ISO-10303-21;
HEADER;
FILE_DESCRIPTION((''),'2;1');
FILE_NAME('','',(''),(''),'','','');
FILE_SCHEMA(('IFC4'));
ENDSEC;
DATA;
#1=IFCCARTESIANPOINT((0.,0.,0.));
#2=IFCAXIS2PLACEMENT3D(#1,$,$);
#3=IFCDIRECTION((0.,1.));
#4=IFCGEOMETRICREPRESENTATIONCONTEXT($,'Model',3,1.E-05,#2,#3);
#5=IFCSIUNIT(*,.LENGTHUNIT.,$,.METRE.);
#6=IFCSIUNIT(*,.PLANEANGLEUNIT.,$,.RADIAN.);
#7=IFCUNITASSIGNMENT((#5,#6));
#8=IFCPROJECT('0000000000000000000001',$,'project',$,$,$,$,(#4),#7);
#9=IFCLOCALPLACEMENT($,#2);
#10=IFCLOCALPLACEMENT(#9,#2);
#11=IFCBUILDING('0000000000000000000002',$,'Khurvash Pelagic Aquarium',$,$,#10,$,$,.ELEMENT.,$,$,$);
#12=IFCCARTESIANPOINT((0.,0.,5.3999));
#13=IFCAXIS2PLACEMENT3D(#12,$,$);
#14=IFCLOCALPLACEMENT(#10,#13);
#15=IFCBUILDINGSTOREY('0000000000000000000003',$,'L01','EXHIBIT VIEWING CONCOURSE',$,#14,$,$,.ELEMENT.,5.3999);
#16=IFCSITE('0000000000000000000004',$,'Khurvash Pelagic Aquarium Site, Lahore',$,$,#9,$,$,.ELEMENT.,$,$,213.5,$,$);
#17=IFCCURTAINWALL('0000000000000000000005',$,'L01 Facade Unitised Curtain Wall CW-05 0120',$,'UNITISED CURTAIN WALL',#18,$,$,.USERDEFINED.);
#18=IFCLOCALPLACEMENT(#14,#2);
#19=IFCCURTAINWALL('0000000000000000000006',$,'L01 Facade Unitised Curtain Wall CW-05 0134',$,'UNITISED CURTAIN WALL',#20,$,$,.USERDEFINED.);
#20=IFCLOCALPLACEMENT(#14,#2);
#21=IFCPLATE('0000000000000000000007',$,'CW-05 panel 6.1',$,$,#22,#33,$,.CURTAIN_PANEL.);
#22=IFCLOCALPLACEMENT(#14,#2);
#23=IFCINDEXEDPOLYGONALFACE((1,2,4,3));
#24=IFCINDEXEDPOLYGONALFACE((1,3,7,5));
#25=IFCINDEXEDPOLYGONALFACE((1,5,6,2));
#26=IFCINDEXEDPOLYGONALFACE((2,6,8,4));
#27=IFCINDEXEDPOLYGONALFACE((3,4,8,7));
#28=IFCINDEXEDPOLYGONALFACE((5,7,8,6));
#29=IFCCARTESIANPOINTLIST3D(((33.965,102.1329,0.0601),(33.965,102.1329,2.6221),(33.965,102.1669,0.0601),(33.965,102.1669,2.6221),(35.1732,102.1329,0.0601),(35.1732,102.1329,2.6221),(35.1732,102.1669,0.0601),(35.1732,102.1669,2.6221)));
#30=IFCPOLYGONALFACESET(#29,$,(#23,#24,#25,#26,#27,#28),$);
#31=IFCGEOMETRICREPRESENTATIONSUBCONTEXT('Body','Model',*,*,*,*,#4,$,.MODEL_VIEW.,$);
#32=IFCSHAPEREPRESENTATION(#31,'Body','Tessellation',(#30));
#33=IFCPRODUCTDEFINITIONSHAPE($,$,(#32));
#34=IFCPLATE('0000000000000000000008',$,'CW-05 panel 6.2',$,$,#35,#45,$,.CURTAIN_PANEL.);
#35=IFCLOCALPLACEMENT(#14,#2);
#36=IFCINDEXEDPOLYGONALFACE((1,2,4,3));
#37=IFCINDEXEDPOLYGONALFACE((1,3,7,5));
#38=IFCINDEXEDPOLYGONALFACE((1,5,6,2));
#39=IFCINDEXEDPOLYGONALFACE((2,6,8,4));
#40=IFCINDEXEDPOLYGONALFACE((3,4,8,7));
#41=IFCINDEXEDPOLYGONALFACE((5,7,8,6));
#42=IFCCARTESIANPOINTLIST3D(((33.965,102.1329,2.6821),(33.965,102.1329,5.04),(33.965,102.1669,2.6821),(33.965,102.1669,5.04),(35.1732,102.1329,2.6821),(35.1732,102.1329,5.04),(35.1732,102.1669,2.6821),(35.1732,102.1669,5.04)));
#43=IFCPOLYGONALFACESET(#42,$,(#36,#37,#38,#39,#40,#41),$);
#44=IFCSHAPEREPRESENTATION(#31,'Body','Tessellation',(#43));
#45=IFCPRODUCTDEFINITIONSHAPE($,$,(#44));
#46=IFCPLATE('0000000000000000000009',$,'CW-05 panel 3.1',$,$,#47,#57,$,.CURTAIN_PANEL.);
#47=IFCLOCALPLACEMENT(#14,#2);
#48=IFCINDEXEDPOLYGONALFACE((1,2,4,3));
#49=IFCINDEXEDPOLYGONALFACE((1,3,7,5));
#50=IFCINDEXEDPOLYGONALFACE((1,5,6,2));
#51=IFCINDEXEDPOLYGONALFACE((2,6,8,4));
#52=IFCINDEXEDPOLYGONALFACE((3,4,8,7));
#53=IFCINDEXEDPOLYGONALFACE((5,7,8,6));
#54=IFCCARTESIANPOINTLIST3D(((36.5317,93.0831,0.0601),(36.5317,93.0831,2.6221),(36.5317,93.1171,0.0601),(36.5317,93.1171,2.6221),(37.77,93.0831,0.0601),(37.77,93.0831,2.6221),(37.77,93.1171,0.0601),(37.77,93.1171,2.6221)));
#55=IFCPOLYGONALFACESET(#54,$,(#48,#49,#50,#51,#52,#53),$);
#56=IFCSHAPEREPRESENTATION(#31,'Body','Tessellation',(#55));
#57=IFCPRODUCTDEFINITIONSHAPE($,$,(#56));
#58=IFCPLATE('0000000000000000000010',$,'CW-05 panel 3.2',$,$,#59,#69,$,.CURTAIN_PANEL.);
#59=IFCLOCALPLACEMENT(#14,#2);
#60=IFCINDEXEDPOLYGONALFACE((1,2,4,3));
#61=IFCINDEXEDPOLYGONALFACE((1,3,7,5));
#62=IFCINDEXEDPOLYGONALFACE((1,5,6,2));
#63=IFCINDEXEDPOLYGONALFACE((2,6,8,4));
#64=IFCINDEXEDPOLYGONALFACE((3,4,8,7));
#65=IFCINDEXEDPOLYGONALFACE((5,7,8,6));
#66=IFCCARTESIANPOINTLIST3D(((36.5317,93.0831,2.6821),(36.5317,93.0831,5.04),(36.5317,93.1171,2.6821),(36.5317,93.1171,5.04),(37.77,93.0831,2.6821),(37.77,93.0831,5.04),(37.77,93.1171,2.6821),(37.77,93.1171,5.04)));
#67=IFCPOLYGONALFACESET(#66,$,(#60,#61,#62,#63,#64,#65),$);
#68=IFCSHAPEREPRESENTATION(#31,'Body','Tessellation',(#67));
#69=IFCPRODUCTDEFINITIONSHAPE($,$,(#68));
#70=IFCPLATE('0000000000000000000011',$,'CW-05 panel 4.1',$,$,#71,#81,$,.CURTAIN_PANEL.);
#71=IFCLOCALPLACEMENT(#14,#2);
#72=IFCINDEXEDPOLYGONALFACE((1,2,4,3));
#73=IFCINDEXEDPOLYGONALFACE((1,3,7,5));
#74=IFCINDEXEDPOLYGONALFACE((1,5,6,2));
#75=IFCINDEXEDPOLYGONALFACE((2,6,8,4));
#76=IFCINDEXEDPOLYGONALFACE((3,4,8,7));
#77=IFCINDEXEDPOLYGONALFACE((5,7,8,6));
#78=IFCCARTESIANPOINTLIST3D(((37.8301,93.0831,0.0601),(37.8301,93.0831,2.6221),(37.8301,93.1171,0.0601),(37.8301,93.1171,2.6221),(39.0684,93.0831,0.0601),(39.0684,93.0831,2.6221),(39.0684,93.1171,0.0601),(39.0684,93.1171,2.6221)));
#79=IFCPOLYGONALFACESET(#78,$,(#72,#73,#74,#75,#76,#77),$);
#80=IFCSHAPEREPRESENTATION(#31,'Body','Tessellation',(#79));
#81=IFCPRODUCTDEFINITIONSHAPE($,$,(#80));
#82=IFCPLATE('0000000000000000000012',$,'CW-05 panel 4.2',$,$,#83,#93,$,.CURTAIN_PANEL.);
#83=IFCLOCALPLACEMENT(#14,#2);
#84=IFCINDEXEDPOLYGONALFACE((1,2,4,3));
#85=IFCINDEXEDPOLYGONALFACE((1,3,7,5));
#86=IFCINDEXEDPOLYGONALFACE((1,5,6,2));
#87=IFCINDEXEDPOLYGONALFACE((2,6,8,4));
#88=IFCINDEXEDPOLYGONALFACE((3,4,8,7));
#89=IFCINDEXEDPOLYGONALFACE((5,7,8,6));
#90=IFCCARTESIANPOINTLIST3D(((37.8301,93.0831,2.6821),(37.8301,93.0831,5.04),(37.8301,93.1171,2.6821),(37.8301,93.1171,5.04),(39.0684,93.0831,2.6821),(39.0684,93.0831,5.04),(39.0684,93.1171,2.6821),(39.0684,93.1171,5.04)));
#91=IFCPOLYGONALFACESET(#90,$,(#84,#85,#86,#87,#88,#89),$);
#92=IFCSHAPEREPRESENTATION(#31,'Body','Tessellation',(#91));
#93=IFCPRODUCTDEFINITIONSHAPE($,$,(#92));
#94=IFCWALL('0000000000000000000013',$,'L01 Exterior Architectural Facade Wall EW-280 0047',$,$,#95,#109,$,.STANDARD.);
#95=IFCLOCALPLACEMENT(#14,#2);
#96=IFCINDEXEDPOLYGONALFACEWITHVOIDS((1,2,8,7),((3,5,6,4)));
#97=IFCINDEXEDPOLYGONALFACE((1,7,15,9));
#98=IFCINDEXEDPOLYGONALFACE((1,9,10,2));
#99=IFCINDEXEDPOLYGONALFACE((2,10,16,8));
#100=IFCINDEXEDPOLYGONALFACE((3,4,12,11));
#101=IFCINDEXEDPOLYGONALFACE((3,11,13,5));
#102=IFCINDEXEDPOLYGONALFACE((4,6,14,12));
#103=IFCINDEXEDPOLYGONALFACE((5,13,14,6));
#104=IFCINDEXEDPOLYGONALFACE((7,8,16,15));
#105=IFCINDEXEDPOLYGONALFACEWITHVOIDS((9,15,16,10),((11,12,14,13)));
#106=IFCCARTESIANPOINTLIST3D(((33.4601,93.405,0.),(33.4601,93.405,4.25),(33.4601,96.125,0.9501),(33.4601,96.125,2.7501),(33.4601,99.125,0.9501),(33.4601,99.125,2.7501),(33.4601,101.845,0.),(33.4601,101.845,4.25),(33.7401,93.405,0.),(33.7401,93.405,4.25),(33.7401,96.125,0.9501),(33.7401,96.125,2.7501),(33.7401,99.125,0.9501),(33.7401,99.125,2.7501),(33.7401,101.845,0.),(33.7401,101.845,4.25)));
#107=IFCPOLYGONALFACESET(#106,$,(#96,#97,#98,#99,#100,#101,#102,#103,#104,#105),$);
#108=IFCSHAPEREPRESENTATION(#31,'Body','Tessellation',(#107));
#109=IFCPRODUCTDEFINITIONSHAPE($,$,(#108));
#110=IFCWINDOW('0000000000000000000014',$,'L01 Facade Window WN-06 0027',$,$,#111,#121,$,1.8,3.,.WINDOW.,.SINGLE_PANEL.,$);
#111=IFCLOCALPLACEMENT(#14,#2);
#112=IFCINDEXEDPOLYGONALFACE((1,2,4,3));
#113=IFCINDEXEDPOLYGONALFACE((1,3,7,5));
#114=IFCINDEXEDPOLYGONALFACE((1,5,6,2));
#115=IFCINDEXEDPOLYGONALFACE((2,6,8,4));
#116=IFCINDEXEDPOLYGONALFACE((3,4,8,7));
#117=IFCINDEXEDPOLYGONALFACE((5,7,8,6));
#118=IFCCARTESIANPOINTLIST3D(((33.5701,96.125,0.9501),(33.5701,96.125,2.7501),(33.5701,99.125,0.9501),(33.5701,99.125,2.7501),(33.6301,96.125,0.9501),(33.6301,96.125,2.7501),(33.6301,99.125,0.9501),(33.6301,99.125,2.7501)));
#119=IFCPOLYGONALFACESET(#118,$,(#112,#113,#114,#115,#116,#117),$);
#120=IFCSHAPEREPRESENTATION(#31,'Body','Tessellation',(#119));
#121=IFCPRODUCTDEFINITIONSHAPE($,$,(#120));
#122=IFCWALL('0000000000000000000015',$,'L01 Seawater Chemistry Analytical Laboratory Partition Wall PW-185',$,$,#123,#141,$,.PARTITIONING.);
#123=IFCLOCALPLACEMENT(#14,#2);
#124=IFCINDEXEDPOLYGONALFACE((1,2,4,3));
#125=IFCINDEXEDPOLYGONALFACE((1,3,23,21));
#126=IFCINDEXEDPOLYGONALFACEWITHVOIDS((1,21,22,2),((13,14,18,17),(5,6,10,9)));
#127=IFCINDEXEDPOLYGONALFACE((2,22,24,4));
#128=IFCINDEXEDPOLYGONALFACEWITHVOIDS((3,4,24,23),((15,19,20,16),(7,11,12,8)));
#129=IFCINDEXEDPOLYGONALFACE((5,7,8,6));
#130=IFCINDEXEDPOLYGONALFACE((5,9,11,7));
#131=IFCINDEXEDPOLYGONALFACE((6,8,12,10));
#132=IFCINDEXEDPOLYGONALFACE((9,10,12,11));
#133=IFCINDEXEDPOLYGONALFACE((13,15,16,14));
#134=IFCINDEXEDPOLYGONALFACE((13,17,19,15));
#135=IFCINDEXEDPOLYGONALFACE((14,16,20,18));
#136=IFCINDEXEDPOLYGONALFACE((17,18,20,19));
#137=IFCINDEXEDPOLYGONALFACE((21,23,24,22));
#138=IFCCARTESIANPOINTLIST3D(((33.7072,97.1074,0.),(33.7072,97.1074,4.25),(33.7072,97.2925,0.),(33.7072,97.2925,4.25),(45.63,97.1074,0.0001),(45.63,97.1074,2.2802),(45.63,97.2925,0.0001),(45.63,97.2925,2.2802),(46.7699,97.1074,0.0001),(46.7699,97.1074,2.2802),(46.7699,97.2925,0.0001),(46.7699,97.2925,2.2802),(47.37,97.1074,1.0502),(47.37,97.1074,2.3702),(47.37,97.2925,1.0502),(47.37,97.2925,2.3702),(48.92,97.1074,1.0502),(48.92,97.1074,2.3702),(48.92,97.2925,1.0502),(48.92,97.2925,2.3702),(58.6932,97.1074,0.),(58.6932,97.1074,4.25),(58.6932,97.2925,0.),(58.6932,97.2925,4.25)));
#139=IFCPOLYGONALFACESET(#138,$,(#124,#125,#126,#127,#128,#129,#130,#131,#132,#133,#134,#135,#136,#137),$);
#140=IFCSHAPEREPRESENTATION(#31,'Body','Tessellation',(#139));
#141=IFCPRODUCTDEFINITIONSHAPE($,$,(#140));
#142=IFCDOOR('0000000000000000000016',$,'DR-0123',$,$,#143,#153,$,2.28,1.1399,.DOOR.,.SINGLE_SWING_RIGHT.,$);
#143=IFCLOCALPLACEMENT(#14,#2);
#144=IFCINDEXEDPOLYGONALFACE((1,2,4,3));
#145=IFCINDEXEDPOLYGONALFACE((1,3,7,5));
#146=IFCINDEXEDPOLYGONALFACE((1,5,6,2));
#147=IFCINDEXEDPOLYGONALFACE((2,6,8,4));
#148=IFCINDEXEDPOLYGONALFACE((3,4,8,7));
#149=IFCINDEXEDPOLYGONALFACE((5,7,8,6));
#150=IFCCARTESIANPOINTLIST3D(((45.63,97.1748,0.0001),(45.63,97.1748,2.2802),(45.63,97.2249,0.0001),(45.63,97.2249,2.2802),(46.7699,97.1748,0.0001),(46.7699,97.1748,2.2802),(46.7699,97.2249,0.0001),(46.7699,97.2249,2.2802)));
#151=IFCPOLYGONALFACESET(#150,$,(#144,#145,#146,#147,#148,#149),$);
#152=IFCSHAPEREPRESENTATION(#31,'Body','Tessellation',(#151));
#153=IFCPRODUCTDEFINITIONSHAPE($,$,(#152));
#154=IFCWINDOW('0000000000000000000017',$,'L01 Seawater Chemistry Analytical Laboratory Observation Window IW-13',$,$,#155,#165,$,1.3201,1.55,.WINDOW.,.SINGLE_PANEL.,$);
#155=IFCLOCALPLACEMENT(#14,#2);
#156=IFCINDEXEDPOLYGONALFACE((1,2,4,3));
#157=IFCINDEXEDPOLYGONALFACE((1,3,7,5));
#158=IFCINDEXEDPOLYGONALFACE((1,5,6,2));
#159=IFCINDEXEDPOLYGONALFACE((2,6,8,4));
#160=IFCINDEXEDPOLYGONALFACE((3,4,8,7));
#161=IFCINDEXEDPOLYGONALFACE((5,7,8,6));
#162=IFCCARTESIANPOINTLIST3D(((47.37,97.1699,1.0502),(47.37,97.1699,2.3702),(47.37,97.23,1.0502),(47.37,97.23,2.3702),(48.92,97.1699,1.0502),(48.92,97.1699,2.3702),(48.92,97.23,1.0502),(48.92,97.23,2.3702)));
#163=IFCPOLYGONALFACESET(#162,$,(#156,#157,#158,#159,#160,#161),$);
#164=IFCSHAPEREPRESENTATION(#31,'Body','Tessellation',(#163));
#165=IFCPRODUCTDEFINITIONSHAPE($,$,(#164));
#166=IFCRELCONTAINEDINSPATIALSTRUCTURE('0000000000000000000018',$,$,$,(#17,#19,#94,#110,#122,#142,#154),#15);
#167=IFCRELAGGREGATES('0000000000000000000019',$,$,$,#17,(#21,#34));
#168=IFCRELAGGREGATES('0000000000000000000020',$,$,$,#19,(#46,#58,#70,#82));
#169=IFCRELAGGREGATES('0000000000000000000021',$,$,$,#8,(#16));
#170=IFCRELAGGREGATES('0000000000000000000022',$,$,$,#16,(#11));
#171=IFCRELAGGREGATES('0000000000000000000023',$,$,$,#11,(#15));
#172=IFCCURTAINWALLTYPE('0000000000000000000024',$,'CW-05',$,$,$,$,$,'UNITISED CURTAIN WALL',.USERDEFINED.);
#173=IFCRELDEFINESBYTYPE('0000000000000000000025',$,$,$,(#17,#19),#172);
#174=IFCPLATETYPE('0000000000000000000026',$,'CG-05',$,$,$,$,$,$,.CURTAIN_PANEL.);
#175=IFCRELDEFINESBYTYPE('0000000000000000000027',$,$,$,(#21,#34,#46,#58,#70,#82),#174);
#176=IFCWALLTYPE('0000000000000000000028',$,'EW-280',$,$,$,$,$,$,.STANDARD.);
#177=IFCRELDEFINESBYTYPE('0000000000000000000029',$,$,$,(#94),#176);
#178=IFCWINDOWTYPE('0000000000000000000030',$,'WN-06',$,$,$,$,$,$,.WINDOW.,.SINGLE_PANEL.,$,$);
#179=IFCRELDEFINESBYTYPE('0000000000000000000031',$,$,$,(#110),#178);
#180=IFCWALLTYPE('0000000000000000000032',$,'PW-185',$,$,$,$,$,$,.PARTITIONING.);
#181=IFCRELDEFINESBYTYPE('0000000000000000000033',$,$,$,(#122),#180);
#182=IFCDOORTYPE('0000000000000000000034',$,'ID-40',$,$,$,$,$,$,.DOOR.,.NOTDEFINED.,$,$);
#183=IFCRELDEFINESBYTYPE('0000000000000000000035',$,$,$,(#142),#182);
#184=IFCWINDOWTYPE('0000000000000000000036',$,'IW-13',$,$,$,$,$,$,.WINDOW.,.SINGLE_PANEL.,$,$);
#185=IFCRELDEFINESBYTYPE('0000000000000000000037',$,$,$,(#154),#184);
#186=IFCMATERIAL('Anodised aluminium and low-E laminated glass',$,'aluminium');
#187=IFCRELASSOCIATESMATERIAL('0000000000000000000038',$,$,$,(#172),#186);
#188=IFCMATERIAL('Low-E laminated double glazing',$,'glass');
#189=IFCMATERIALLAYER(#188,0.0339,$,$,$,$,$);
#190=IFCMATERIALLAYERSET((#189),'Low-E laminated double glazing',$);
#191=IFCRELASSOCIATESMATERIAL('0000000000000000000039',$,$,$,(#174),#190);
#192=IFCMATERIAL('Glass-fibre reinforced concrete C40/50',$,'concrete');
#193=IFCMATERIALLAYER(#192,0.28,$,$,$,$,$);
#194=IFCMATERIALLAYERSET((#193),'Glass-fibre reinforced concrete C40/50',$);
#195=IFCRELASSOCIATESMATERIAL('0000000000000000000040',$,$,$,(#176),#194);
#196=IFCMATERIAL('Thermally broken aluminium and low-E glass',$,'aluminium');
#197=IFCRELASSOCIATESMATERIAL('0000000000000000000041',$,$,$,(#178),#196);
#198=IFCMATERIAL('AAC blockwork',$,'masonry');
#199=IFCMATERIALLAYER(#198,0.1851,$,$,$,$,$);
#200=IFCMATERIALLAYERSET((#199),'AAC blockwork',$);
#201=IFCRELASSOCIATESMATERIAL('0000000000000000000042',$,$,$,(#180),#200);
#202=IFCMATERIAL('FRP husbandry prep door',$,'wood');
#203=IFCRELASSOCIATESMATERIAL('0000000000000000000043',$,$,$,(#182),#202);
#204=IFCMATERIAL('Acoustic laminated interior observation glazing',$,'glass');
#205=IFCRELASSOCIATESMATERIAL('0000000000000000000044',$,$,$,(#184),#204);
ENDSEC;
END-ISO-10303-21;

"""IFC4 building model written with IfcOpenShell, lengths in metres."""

from ifc_helpers import new_model, si_unit, direction, frame, frame_2d, origin, origin_2d, place, context, subcontext, project, spatial, rectangle, extrude, material, layer, layer_set, type_object, element, fill, aggregate, save


model = new_model("IFC4")

# Units and contexts
model_context = context("Model", 3, precision=1e-05, world=origin(), true_north=direction((0.0, 1.0)))
body_context = subcontext(model_context, "Body", "Model", "MODEL_VIEW")
ifc_project = project(units=[si_unit("LENGTHUNIT", "METRE"), si_unit("PLANEANGLEUNIT", "RADIAN")], contexts=[model_context])

# Site, building, storey
site_placement = place(None, origin())
site = spatial("IfcSite", under=ifc_project, at=site_placement, Name="Khurvash Pelagic Aquarium Site, Lahore", CompositionType="ELEMENT", RefElevation=213.5)
building_placement = place(site_placement, origin())
building = spatial("IfcBuilding", under=site, at=building_placement, Name="Khurvash Pelagic Aquarium", CompositionType="ELEMENT")
storey_placement = place(building_placement, frame((0.0, 0.0, 5.3999)))
storey = spatial("IfcBuildingStorey", under=building, at=storey_placement, Name="L01", Description="EXHIBIT VIEWING CONCOURSE", CompositionType="ELEMENT", Elevation=5.3999)

# Curtain wall
ifc_material_1 = material(Name="Anodised aluminium and low-E laminated glass", Category="aluminium")
curtain_wall_type = type_object("IfcCurtainWallType", Name="CW-05", ElementType="UNITISED CURTAIN WALL", PredefinedType="USERDEFINED", material=ifc_material_1)
curtain_wall_1_placement = place(storey_placement, origin())
curtain_wall_1 = element("IfcCurtainWall", 1, at=curtain_wall_1_placement, inside=storey, type_object=curtain_wall_type, Name="L01 Facade Unitised Curtain Wall CW-05 0120", ObjectType="UNITISED CURTAIN WALL", PredefinedType="USERDEFINED")

# Curtain wall
curtain_wall_2_placement = place(storey_placement, origin())
curtain_wall_2 = element("IfcCurtainWall", 2, at=curtain_wall_2_placement, inside=storey, type_object=curtain_wall_type, Name="L01 Facade Unitised Curtain Wall CW-05 0134", ObjectType="UNITISED CURTAIN WALL", PredefinedType="USERDEFINED")

# Plates
ifc_material_2 = material(Name="Low-E laminated double glazing", Category="glass")
ifc_layer_1 = layer(ifc_material_2, 0.0339)
ifc_layer_set_1 = layer_set([ifc_layer_1], Name="Low-E laminated double glazing")
plate_type = type_object("IfcPlateType", Name="CG-05", PredefinedType="CURTAIN_PANEL", material=ifc_layer_set_1)
plate_1_placement = place(storey_placement, frame((34.5691, 102.1499, 0.0601), z_axis=(0.0, 0.0, 1.0), x_axis=(-1.0, 0.0, 0.0)))
plate_1 = element("IfcPlate", 3, at=plate_1_placement, type_object=plate_type, Name="CW-05 panel 6.1", PredefinedType="CURTAIN_PANEL", context=body_context, shape_type="SweptSolid", body=[
    extrude(rectangle(XDim=1.2083, YDim=0.0339, at=origin_2d()), origin(), (0.0, 0.0, 1.0), 2.562),
])
plate_2_placement = place(storey_placement, frame((34.5691, 102.1499, 2.6821), z_axis=(0.0, 0.0, 1.0), x_axis=(-1.0, 0.0, 0.0)))
plate_2 = element("IfcPlate", 4, at=plate_2_placement, type_object=plate_type, Name="CW-05 panel 6.2", PredefinedType="CURTAIN_PANEL", context=body_context, shape_type="SweptSolid", body=[
    extrude(rectangle(XDim=1.2083, YDim=0.0339, at=origin_2d()), origin(), (0.0, 0.0, 1.0), 2.3579),
])
aggregate(curtain_wall_1, [plate_1, plate_2])
plate_3_placement = place(storey_placement, frame((37.1509, 93.1001, 0.0601), z_axis=(0.0, 0.0, 1.0), x_axis=(1.0, 0.0, 0.0)))
plate_3 = element("IfcPlate", 5, at=plate_3_placement, type_object=plate_type, Name="CW-05 panel 3.1", PredefinedType="CURTAIN_PANEL", context=body_context, shape_type="SweptSolid", body=[
    extrude(rectangle(XDim=1.2383, YDim=0.0339, at=origin_2d()), origin(), (0.0, 0.0, 1.0), 2.562),
])
plate_4_placement = place(storey_placement, frame((37.1509, 93.1001, 2.6821), z_axis=(0.0, 0.0, 1.0), x_axis=(1.0, 0.0, 0.0)))
plate_4 = element("IfcPlate", 6, at=plate_4_placement, type_object=plate_type, Name="CW-05 panel 3.2", PredefinedType="CURTAIN_PANEL", context=body_context, shape_type="SweptSolid", body=[
    extrude(rectangle(XDim=1.2383, YDim=0.0339, at=origin_2d()), origin(), (0.0, 0.0, 1.0), 2.3579),
])
plate_5_placement = place(storey_placement, frame((38.4492, 93.1001, 0.0601), z_axis=(0.0, 0.0, 1.0), x_axis=(1.0, 0.0, 0.0)))
plate_5 = element("IfcPlate", 7, at=plate_5_placement, type_object=plate_type, Name="CW-05 panel 4.1", PredefinedType="CURTAIN_PANEL", context=body_context, shape_type="SweptSolid", body=[
    extrude(rectangle(XDim=1.2383, YDim=0.0339, at=origin_2d()), origin(), (0.0, 0.0, 1.0), 2.562),
])
plate_6_placement = place(storey_placement, frame((38.4492, 93.1001, 2.6821), z_axis=(0.0, 0.0, 1.0), x_axis=(1.0, 0.0, 0.0)))
plate_6 = element("IfcPlate", 8, at=plate_6_placement, type_object=plate_type, Name="CW-05 panel 4.2", PredefinedType="CURTAIN_PANEL", context=body_context, shape_type="SweptSolid", body=[
    extrude(rectangle(XDim=1.2383, YDim=0.0339, at=origin_2d()), origin(), (0.0, 0.0, 1.0), 2.3579),
])
aggregate(curtain_wall_2, [plate_3, plate_4, plate_5, plate_6])

# Wall, opening, window
ifc_material_3 = material(Name="Glass-fibre reinforced concrete C40/50", Category="concrete")
ifc_layer_2 = layer(ifc_material_3, 0.28)
ifc_layer_set_2 = layer_set([ifc_layer_2], Name="Glass-fibre reinforced concrete C40/50")
wall_type_1 = type_object("IfcWallType", Name="EW-280", PredefinedType="STANDARD", material=ifc_layer_set_2)
wall_1_placement = place(storey_placement, frame((33.6001, 101.845, 0.0), z_axis=(0.0, 0.0, 1.0), x_axis=(0.0, -1.0, 0.0)))
wall_1 = element("IfcWall", 9, at=wall_1_placement, inside=storey, type_object=wall_type_1, Name="L01 Exterior Architectural Facade Wall EW-280 0047", PredefinedType="STANDARD", context=body_context, shape_type="SweptSolid", body=[
    extrude(rectangle(XDim=8.4399, YDim=0.28, at=frame_2d((4.22, 0.0))), origin(), (0.0, 0.0, 1.0), 4.25),
])
opening_1_placement = place(wall_1_placement, frame((2.72, 0.0, 0.9502)))
opening_1 = element("IfcOpeningElement", 10, at=opening_1_placement, cuts=wall_1, PredefinedType="OPENING", context=body_context, shape_type="SweptSolid", body=[
    extrude(rectangle(XDim=3.0, YDim=1.8, at=frame_2d((1.5, 0.8999))), frame((0.0, 0.1499, 0.0), z_axis=(0.0, -1.0, 0.0), x_axis=(1.0, 0.0, 0.0)), (0.0, 0.0, 1.0), 0.3),
])
ifc_material_4 = material(Name="Thermally broken aluminium and low-E glass", Category="aluminium")
window_type_1 = type_object("IfcWindowType", Name="WN-06", PartitioningType="SINGLE_PANEL", PredefinedType="WINDOW", material=ifc_material_4)
window_1_placement = place(opening_1_placement, origin())
window_1 = element("IfcWindow", 11, at=window_1_placement, inside=storey, type_object=window_type_1, Name="L01 Facade Window WN-06 0027", OverallHeight=1.8, OverallWidth=3.0, PartitioningType="SINGLE_PANEL", PredefinedType="WINDOW", context=body_context, shape_type="SweptSolid", body=[
    extrude(rectangle(XDim=3.0, YDim=1.8, at=frame_2d((1.5, 0.8999))), frame((0.0, 0.03, 0.0), z_axis=(0.0, -1.0, 0.0), x_axis=(1.0, 0.0, 0.0)), (0.0, 0.0, 1.0), 0.0601),
])
fill(opening_1, window_1)

# Wall, openings, door, window
ifc_material_5 = material(Name="AAC blockwork", Category="masonry")
ifc_layer_3 = layer(ifc_material_5, 0.1851)
ifc_layer_set_3 = layer_set([ifc_layer_3], Name="AAC blockwork")
wall_type_2 = type_object("IfcWallType", Name="PW-185", PredefinedType="PARTITIONING", material=ifc_layer_set_3)
wall_2_placement = place(storey_placement, frame((33.707, 97.2, 0.0), z_axis=(0.0, 0.0, 1.0), x_axis=(1.0, 0.0, 0.0)))
wall_2 = element("IfcWall", 12, at=wall_2_placement, inside=storey, type_object=wall_type_2, Name="L01 Seawater Chemistry Analytical Laboratory Partition Wall PW-185", PredefinedType="PARTITIONING", context=body_context, shape_type="SweptSolid", body=[
    extrude(rectangle(XDim=24.9861, YDim=0.1851, at=frame_2d((12.4932, 0.0))), origin(), (0.0, 0.0, 1.0), 4.25),
])
opening_2_placement = place(wall_2_placement, frame((11.9231, 0.0, 0.0)))
opening_2 = element("IfcOpeningElement", 13, at=opening_2_placement, cuts=wall_2, PredefinedType="OPENING", context=body_context, shape_type="SweptSolid", body=[
    extrude(rectangle(XDim=1.1399, YDim=2.28, at=frame_2d((0.5698, 1.1401))), frame((0.0, 0.1025, 0.0), z_axis=(0.0, -1.0, 0.0), x_axis=(1.0, 0.0, 0.0)), (0.0, 0.0, 1.0), 0.2051),
])
opening_3_placement = place(wall_2_placement, frame((13.6631, 0.0, 1.05)))
opening_3 = element("IfcOpeningElement", 14, at=opening_3_placement, cuts=wall_2, PredefinedType="OPENING", context=body_context, shape_type="SweptSolid", body=[
    extrude(rectangle(XDim=1.55, YDim=1.3201, at=frame_2d((0.7749, 0.6602))), frame((0.0, 0.1025, 0.0), z_axis=(0.0, -1.0, 0.0), x_axis=(1.0, 0.0, 0.0)), (0.0, 0.0, 1.0), 0.2051),
])
ifc_material_6 = material(Name="FRP husbandry prep door", Category="wood")
door_type = type_object("IfcDoorType", Name="ID-40", OperationType="NOTDEFINED", PredefinedType="DOOR", material=ifc_material_6)
door_placement = place(opening_2_placement, origin())
door = element("IfcDoor", 15, at=door_placement, inside=storey, type_object=door_type, Name="DR-0123", OperationType="SINGLE_SWING_RIGHT", OverallHeight=2.28, OverallWidth=1.1399, PredefinedType="DOOR", context=body_context, shape_type="SweptSolid", body=[
    extrude(rectangle(XDim=1.1399, YDim=2.28, at=frame_2d((0.5698, 1.1401))), frame((0.0, 0.0249, 0.0), z_axis=(0.0, -1.0, 0.0), x_axis=(1.0, 0.0, 0.0)), (0.0, 0.0, 1.0), 0.05),
])
fill(opening_2, door)
ifc_material_7 = material(Name="Acoustic laminated interior observation glazing", Category="glass")
window_type_2 = type_object("IfcWindowType", Name="IW-13", PartitioningType="SINGLE_PANEL", PredefinedType="WINDOW", material=ifc_material_7)
window_2_placement = place(opening_3_placement, origin())
window_2 = element("IfcWindow", 16, at=window_2_placement, inside=storey, type_object=window_type_2, Name="L01 Seawater Chemistry Analytical Laboratory Observation Window IW-13", OverallHeight=1.3201, OverallWidth=1.55, PartitioningType="SINGLE_PANEL", PredefinedType="WINDOW", context=body_context, shape_type="SweptSolid", body=[
    extrude(rectangle(XDim=1.55, YDim=1.3201, at=frame_2d((0.7749, 0.6602))), frame((0.0, 0.03, 0.0), z_axis=(0.0, -1.0, 0.0), x_axis=(1.0, 0.0, 0.0)), (0.0, 0.0, 1.0), 0.0601),
])
fill(opening_3, window_2)

save(model, "model.ifc")
